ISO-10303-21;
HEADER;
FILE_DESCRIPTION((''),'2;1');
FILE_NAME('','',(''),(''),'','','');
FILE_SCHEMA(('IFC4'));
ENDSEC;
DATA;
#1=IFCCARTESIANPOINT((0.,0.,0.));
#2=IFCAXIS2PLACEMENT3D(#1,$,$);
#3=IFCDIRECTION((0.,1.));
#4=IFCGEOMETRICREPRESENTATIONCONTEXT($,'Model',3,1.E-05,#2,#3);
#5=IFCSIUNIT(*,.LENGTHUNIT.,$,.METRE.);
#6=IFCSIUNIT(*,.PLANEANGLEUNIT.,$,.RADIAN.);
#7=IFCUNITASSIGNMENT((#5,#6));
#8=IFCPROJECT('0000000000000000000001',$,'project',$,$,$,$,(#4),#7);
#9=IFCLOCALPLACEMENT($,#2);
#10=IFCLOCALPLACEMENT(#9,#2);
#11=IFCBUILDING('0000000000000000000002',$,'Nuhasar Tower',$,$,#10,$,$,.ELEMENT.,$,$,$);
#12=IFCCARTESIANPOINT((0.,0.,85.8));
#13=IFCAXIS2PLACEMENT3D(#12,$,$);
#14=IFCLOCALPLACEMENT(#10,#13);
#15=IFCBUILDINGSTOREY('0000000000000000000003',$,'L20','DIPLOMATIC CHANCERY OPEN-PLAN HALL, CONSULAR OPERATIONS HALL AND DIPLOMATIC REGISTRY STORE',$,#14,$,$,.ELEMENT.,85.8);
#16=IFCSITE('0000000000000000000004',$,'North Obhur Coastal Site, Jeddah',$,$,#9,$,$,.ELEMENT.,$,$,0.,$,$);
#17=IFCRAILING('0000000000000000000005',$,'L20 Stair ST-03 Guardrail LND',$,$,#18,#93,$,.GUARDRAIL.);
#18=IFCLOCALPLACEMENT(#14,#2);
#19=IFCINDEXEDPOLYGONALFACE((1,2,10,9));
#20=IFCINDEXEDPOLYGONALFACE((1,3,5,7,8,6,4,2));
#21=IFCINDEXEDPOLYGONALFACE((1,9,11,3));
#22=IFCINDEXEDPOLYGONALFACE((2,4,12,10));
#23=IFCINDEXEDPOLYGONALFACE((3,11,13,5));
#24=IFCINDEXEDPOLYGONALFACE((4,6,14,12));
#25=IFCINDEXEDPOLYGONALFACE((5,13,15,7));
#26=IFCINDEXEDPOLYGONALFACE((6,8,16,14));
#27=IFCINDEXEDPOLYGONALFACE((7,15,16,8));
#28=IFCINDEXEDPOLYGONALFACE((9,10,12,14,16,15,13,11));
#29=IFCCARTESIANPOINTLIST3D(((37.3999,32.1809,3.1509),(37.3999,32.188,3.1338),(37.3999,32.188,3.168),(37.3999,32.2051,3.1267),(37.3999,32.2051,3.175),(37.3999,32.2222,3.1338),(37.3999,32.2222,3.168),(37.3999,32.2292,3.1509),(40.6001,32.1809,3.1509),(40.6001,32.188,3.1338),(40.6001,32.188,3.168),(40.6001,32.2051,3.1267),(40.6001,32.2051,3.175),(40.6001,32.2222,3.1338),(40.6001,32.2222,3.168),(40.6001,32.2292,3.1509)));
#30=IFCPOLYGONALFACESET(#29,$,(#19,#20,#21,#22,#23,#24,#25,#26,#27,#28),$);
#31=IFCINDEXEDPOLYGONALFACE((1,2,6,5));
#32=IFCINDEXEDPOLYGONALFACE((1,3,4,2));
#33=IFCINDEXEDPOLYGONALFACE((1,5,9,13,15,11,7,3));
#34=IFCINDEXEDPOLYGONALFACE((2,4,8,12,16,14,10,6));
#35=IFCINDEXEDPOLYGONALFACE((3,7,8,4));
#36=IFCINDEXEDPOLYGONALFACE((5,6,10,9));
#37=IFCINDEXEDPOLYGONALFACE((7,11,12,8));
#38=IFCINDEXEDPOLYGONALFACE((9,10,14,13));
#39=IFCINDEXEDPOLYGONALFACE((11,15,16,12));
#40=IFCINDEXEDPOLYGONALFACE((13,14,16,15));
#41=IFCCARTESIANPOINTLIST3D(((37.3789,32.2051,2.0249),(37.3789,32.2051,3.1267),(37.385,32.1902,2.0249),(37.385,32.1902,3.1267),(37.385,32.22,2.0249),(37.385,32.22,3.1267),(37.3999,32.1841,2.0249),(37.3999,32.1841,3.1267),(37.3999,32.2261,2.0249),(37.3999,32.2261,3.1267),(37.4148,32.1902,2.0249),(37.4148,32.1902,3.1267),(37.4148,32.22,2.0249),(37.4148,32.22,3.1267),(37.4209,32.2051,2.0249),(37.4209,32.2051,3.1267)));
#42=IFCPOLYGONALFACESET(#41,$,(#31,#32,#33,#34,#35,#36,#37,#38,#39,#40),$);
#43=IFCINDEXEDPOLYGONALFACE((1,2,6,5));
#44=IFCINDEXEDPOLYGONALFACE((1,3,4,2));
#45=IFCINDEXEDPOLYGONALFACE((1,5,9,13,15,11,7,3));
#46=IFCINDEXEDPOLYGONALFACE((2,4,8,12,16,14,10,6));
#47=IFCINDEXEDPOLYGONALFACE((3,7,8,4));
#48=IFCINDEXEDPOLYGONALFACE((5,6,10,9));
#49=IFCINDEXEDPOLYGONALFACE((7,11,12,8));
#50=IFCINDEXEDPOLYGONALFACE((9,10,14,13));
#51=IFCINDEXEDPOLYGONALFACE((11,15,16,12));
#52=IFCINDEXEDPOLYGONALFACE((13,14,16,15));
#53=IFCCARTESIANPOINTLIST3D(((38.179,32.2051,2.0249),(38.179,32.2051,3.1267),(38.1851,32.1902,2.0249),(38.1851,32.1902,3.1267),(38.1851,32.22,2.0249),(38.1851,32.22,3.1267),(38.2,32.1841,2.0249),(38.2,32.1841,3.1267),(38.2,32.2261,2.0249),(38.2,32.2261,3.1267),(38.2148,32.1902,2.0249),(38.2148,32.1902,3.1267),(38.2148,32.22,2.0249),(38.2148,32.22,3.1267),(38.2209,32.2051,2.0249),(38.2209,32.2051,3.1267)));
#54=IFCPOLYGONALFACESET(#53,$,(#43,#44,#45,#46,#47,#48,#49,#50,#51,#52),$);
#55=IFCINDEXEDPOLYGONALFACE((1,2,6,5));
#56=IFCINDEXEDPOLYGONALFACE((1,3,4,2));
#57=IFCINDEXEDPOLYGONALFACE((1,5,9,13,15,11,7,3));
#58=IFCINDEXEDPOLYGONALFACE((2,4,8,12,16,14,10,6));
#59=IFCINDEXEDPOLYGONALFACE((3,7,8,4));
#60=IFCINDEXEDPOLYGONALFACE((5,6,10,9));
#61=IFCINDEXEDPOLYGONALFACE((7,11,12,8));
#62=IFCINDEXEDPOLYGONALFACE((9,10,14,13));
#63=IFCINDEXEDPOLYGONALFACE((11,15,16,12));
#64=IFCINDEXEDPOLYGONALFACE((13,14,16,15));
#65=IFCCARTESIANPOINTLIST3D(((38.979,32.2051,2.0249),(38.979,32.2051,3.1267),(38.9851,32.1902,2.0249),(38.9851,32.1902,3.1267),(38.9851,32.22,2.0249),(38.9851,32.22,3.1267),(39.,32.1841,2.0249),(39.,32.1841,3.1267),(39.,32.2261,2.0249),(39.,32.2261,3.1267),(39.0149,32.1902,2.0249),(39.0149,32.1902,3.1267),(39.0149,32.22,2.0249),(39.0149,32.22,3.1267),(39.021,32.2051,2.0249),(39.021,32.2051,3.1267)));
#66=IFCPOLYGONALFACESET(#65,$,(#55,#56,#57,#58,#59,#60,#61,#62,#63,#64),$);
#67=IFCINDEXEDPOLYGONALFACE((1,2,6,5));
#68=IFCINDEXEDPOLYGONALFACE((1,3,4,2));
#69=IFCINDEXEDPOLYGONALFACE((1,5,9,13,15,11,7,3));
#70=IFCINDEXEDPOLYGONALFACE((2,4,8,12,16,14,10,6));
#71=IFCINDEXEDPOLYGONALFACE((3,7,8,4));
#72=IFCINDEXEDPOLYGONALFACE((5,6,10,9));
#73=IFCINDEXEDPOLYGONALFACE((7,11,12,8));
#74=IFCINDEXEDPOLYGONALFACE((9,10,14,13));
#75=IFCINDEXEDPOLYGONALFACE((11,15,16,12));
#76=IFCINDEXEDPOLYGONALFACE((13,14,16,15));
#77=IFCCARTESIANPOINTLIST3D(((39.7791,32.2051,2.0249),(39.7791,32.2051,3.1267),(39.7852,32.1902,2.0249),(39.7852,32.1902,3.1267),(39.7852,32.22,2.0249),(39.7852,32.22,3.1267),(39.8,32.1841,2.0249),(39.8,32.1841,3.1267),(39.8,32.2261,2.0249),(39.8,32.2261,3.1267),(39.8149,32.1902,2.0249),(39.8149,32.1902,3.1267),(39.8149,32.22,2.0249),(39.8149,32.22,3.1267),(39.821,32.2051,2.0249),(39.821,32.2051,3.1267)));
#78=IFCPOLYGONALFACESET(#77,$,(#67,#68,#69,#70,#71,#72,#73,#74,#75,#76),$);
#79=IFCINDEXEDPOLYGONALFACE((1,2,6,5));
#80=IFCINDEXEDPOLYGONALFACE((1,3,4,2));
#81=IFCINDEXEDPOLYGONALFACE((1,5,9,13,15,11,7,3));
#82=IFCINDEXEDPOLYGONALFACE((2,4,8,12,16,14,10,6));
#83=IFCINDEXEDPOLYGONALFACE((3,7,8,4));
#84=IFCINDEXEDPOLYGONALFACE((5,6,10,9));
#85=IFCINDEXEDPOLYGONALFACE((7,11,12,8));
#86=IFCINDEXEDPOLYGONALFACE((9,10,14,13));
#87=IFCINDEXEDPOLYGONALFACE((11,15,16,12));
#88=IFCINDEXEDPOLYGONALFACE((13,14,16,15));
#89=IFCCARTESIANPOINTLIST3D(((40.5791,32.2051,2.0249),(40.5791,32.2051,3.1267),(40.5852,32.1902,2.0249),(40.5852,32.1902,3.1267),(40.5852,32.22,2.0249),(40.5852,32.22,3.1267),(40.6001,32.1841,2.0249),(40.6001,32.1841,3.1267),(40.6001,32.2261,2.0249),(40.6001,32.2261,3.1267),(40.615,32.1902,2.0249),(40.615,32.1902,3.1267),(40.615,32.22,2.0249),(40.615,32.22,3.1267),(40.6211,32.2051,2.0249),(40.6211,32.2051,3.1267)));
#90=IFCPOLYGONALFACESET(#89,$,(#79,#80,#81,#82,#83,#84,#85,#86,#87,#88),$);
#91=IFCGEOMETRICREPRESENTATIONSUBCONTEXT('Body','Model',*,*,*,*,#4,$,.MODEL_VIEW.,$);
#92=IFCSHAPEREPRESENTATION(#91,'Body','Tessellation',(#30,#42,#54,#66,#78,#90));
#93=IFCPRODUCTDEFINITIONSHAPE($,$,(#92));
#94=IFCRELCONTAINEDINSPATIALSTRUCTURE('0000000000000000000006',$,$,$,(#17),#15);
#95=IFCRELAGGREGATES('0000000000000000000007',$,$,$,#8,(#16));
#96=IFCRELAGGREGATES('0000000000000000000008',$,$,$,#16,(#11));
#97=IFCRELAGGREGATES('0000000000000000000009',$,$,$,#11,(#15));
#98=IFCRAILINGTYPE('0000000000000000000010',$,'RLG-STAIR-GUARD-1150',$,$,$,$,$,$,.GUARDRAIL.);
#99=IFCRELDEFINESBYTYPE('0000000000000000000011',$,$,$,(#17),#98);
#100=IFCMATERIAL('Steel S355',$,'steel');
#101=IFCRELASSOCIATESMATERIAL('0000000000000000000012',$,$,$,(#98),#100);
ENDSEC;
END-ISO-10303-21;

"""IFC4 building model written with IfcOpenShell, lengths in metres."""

from ifc_helpers import new_model, si_unit, direction, frame, origin, place, context, subcontext, project, spatial, polyline, outline, extrude, material, type_object, element, save


model = new_model("IFC4")

# Units and contexts
model_context = context("Model", 3, precision=1e-05, world=origin(), true_north=direction((0.0, 1.0)))
body_context = subcontext(model_context, "Body", "Model", "MODEL_VIEW")
ifc_project = project(units=[si_unit("LENGTHUNIT", "METRE"), si_unit("PLANEANGLEUNIT", "RADIAN")], contexts=[model_context])

# Site, building, storey
site_placement = place(None, origin())
site = spatial("IfcSite", under=ifc_project, at=site_placement, Name="North Obhur Coastal Site, Jeddah", CompositionType="ELEMENT", RefElevation=0.0)
building_placement = place(site_placement, origin())
building = spatial("IfcBuilding", under=site, at=building_placement, Name="Nuhasar Tower", CompositionType="ELEMENT")
storey_placement = place(building_placement, frame((0.0, 0.0, 85.8)))
storey = spatial("IfcBuildingStorey", under=building, at=storey_placement, Name="L20", Description="DIPLOMATIC CHANCERY OPEN-PLAN HALL, CONSULAR OPERATIONS HALL AND DIPLOMATIC REGISTRY STORE", CompositionType="ELEMENT", Elevation=85.8)

# Shared definitions
ifc_material_1 = material(Name="Steel S355", Category="steel")

# Railing
railing_type_1 = type_object("IfcRailingType", Name="RLG-STAIR-GUARD-1150", PredefinedType="GUARDRAIL", material=ifc_material_1)
railing_1_placement = place(storey_placement, frame((37.3999, 32.2051, 2.0249)))
element("IfcRailing", 1, at=railing_1_placement, inside=storey, type_object=railing_type_1, Name="L20 Stair ST-03 Guardrail LND", PredefinedType="GUARDRAIL", context=body_context, shape_type="SweptSolid", body=[
    extrude(outline(polyline([(0.0242, 0.0), (0.0171, 0.0171), (0.0, 0.0242), (-0.0171, 0.0171), (-0.0242, 0.0), (-0.0171, -0.0171), (0.0, -0.0242), (0.0171, -0.0171), (0.0242, 0.0)])), frame((0.0, 0.0, 1.126), z_axis=(1.0, 0.0, 0.0), x_axis=(0.0, 1.0, 0.0)), (0.0, 0.0, 1.0), 3.2002),
    extrude(outline(polyline([(0.021, 0.0), (0.0149, 0.0149), (0.0, 0.021), (-0.0149, 0.0149), (-0.021, 0.0), (-0.0149, -0.0149), (0.0, -0.021), (0.0149, -0.0149), (0.021, 0.0)])), origin(), (0.0, 0.0, 1.0), 1.1018),
    extrude(outline(polyline([(0.021, 0.0), (0.0149, 0.0149), (0.0, 0.021), (-0.0149, 0.0149), (-0.021, 0.0), (-0.0149, -0.0149), (0.0, -0.021), (0.0149, -0.0149), (0.021, 0.0)])), frame((0.8, 0.0, 0.0)), (0.0, 0.0, 1.0), 1.1018),
    extrude(outline(polyline([(0.021, 0.0), (0.0149, 0.0149), (0.0, 0.021), (-0.0149, 0.0149), (-0.021, 0.0), (-0.0149, -0.0149), (0.0, -0.021), (0.0149, -0.0149), (0.021, 0.0)])), frame((1.6001, 0.0, 0.0)), (0.0, 0.0, 1.0), 1.1018),
    extrude(outline(polyline([(0.021, 0.0), (0.0149, 0.0149), (0.0, 0.021), (-0.0149, 0.0149), (-0.021, 0.0), (-0.0149, -0.0149), (0.0, -0.021), (0.0149, -0.0149), (0.021, 0.0)])), frame((2.4001, 0.0, 0.0)), (0.0, 0.0, 1.0), 1.1018),
    extrude(outline(polyline([(0.021, 0.0), (0.0149, 0.0149), (0.0, 0.021), (-0.0149, 0.0149), (-0.021, 0.0), (-0.0149, -0.0149), (0.0, -0.021), (0.0149, -0.0149), (0.021, 0.0)])), frame((3.2002, 0.0, 0.0)), (0.0, 0.0, 1.0), 1.1018),
])

save(model, "model.ifc")
